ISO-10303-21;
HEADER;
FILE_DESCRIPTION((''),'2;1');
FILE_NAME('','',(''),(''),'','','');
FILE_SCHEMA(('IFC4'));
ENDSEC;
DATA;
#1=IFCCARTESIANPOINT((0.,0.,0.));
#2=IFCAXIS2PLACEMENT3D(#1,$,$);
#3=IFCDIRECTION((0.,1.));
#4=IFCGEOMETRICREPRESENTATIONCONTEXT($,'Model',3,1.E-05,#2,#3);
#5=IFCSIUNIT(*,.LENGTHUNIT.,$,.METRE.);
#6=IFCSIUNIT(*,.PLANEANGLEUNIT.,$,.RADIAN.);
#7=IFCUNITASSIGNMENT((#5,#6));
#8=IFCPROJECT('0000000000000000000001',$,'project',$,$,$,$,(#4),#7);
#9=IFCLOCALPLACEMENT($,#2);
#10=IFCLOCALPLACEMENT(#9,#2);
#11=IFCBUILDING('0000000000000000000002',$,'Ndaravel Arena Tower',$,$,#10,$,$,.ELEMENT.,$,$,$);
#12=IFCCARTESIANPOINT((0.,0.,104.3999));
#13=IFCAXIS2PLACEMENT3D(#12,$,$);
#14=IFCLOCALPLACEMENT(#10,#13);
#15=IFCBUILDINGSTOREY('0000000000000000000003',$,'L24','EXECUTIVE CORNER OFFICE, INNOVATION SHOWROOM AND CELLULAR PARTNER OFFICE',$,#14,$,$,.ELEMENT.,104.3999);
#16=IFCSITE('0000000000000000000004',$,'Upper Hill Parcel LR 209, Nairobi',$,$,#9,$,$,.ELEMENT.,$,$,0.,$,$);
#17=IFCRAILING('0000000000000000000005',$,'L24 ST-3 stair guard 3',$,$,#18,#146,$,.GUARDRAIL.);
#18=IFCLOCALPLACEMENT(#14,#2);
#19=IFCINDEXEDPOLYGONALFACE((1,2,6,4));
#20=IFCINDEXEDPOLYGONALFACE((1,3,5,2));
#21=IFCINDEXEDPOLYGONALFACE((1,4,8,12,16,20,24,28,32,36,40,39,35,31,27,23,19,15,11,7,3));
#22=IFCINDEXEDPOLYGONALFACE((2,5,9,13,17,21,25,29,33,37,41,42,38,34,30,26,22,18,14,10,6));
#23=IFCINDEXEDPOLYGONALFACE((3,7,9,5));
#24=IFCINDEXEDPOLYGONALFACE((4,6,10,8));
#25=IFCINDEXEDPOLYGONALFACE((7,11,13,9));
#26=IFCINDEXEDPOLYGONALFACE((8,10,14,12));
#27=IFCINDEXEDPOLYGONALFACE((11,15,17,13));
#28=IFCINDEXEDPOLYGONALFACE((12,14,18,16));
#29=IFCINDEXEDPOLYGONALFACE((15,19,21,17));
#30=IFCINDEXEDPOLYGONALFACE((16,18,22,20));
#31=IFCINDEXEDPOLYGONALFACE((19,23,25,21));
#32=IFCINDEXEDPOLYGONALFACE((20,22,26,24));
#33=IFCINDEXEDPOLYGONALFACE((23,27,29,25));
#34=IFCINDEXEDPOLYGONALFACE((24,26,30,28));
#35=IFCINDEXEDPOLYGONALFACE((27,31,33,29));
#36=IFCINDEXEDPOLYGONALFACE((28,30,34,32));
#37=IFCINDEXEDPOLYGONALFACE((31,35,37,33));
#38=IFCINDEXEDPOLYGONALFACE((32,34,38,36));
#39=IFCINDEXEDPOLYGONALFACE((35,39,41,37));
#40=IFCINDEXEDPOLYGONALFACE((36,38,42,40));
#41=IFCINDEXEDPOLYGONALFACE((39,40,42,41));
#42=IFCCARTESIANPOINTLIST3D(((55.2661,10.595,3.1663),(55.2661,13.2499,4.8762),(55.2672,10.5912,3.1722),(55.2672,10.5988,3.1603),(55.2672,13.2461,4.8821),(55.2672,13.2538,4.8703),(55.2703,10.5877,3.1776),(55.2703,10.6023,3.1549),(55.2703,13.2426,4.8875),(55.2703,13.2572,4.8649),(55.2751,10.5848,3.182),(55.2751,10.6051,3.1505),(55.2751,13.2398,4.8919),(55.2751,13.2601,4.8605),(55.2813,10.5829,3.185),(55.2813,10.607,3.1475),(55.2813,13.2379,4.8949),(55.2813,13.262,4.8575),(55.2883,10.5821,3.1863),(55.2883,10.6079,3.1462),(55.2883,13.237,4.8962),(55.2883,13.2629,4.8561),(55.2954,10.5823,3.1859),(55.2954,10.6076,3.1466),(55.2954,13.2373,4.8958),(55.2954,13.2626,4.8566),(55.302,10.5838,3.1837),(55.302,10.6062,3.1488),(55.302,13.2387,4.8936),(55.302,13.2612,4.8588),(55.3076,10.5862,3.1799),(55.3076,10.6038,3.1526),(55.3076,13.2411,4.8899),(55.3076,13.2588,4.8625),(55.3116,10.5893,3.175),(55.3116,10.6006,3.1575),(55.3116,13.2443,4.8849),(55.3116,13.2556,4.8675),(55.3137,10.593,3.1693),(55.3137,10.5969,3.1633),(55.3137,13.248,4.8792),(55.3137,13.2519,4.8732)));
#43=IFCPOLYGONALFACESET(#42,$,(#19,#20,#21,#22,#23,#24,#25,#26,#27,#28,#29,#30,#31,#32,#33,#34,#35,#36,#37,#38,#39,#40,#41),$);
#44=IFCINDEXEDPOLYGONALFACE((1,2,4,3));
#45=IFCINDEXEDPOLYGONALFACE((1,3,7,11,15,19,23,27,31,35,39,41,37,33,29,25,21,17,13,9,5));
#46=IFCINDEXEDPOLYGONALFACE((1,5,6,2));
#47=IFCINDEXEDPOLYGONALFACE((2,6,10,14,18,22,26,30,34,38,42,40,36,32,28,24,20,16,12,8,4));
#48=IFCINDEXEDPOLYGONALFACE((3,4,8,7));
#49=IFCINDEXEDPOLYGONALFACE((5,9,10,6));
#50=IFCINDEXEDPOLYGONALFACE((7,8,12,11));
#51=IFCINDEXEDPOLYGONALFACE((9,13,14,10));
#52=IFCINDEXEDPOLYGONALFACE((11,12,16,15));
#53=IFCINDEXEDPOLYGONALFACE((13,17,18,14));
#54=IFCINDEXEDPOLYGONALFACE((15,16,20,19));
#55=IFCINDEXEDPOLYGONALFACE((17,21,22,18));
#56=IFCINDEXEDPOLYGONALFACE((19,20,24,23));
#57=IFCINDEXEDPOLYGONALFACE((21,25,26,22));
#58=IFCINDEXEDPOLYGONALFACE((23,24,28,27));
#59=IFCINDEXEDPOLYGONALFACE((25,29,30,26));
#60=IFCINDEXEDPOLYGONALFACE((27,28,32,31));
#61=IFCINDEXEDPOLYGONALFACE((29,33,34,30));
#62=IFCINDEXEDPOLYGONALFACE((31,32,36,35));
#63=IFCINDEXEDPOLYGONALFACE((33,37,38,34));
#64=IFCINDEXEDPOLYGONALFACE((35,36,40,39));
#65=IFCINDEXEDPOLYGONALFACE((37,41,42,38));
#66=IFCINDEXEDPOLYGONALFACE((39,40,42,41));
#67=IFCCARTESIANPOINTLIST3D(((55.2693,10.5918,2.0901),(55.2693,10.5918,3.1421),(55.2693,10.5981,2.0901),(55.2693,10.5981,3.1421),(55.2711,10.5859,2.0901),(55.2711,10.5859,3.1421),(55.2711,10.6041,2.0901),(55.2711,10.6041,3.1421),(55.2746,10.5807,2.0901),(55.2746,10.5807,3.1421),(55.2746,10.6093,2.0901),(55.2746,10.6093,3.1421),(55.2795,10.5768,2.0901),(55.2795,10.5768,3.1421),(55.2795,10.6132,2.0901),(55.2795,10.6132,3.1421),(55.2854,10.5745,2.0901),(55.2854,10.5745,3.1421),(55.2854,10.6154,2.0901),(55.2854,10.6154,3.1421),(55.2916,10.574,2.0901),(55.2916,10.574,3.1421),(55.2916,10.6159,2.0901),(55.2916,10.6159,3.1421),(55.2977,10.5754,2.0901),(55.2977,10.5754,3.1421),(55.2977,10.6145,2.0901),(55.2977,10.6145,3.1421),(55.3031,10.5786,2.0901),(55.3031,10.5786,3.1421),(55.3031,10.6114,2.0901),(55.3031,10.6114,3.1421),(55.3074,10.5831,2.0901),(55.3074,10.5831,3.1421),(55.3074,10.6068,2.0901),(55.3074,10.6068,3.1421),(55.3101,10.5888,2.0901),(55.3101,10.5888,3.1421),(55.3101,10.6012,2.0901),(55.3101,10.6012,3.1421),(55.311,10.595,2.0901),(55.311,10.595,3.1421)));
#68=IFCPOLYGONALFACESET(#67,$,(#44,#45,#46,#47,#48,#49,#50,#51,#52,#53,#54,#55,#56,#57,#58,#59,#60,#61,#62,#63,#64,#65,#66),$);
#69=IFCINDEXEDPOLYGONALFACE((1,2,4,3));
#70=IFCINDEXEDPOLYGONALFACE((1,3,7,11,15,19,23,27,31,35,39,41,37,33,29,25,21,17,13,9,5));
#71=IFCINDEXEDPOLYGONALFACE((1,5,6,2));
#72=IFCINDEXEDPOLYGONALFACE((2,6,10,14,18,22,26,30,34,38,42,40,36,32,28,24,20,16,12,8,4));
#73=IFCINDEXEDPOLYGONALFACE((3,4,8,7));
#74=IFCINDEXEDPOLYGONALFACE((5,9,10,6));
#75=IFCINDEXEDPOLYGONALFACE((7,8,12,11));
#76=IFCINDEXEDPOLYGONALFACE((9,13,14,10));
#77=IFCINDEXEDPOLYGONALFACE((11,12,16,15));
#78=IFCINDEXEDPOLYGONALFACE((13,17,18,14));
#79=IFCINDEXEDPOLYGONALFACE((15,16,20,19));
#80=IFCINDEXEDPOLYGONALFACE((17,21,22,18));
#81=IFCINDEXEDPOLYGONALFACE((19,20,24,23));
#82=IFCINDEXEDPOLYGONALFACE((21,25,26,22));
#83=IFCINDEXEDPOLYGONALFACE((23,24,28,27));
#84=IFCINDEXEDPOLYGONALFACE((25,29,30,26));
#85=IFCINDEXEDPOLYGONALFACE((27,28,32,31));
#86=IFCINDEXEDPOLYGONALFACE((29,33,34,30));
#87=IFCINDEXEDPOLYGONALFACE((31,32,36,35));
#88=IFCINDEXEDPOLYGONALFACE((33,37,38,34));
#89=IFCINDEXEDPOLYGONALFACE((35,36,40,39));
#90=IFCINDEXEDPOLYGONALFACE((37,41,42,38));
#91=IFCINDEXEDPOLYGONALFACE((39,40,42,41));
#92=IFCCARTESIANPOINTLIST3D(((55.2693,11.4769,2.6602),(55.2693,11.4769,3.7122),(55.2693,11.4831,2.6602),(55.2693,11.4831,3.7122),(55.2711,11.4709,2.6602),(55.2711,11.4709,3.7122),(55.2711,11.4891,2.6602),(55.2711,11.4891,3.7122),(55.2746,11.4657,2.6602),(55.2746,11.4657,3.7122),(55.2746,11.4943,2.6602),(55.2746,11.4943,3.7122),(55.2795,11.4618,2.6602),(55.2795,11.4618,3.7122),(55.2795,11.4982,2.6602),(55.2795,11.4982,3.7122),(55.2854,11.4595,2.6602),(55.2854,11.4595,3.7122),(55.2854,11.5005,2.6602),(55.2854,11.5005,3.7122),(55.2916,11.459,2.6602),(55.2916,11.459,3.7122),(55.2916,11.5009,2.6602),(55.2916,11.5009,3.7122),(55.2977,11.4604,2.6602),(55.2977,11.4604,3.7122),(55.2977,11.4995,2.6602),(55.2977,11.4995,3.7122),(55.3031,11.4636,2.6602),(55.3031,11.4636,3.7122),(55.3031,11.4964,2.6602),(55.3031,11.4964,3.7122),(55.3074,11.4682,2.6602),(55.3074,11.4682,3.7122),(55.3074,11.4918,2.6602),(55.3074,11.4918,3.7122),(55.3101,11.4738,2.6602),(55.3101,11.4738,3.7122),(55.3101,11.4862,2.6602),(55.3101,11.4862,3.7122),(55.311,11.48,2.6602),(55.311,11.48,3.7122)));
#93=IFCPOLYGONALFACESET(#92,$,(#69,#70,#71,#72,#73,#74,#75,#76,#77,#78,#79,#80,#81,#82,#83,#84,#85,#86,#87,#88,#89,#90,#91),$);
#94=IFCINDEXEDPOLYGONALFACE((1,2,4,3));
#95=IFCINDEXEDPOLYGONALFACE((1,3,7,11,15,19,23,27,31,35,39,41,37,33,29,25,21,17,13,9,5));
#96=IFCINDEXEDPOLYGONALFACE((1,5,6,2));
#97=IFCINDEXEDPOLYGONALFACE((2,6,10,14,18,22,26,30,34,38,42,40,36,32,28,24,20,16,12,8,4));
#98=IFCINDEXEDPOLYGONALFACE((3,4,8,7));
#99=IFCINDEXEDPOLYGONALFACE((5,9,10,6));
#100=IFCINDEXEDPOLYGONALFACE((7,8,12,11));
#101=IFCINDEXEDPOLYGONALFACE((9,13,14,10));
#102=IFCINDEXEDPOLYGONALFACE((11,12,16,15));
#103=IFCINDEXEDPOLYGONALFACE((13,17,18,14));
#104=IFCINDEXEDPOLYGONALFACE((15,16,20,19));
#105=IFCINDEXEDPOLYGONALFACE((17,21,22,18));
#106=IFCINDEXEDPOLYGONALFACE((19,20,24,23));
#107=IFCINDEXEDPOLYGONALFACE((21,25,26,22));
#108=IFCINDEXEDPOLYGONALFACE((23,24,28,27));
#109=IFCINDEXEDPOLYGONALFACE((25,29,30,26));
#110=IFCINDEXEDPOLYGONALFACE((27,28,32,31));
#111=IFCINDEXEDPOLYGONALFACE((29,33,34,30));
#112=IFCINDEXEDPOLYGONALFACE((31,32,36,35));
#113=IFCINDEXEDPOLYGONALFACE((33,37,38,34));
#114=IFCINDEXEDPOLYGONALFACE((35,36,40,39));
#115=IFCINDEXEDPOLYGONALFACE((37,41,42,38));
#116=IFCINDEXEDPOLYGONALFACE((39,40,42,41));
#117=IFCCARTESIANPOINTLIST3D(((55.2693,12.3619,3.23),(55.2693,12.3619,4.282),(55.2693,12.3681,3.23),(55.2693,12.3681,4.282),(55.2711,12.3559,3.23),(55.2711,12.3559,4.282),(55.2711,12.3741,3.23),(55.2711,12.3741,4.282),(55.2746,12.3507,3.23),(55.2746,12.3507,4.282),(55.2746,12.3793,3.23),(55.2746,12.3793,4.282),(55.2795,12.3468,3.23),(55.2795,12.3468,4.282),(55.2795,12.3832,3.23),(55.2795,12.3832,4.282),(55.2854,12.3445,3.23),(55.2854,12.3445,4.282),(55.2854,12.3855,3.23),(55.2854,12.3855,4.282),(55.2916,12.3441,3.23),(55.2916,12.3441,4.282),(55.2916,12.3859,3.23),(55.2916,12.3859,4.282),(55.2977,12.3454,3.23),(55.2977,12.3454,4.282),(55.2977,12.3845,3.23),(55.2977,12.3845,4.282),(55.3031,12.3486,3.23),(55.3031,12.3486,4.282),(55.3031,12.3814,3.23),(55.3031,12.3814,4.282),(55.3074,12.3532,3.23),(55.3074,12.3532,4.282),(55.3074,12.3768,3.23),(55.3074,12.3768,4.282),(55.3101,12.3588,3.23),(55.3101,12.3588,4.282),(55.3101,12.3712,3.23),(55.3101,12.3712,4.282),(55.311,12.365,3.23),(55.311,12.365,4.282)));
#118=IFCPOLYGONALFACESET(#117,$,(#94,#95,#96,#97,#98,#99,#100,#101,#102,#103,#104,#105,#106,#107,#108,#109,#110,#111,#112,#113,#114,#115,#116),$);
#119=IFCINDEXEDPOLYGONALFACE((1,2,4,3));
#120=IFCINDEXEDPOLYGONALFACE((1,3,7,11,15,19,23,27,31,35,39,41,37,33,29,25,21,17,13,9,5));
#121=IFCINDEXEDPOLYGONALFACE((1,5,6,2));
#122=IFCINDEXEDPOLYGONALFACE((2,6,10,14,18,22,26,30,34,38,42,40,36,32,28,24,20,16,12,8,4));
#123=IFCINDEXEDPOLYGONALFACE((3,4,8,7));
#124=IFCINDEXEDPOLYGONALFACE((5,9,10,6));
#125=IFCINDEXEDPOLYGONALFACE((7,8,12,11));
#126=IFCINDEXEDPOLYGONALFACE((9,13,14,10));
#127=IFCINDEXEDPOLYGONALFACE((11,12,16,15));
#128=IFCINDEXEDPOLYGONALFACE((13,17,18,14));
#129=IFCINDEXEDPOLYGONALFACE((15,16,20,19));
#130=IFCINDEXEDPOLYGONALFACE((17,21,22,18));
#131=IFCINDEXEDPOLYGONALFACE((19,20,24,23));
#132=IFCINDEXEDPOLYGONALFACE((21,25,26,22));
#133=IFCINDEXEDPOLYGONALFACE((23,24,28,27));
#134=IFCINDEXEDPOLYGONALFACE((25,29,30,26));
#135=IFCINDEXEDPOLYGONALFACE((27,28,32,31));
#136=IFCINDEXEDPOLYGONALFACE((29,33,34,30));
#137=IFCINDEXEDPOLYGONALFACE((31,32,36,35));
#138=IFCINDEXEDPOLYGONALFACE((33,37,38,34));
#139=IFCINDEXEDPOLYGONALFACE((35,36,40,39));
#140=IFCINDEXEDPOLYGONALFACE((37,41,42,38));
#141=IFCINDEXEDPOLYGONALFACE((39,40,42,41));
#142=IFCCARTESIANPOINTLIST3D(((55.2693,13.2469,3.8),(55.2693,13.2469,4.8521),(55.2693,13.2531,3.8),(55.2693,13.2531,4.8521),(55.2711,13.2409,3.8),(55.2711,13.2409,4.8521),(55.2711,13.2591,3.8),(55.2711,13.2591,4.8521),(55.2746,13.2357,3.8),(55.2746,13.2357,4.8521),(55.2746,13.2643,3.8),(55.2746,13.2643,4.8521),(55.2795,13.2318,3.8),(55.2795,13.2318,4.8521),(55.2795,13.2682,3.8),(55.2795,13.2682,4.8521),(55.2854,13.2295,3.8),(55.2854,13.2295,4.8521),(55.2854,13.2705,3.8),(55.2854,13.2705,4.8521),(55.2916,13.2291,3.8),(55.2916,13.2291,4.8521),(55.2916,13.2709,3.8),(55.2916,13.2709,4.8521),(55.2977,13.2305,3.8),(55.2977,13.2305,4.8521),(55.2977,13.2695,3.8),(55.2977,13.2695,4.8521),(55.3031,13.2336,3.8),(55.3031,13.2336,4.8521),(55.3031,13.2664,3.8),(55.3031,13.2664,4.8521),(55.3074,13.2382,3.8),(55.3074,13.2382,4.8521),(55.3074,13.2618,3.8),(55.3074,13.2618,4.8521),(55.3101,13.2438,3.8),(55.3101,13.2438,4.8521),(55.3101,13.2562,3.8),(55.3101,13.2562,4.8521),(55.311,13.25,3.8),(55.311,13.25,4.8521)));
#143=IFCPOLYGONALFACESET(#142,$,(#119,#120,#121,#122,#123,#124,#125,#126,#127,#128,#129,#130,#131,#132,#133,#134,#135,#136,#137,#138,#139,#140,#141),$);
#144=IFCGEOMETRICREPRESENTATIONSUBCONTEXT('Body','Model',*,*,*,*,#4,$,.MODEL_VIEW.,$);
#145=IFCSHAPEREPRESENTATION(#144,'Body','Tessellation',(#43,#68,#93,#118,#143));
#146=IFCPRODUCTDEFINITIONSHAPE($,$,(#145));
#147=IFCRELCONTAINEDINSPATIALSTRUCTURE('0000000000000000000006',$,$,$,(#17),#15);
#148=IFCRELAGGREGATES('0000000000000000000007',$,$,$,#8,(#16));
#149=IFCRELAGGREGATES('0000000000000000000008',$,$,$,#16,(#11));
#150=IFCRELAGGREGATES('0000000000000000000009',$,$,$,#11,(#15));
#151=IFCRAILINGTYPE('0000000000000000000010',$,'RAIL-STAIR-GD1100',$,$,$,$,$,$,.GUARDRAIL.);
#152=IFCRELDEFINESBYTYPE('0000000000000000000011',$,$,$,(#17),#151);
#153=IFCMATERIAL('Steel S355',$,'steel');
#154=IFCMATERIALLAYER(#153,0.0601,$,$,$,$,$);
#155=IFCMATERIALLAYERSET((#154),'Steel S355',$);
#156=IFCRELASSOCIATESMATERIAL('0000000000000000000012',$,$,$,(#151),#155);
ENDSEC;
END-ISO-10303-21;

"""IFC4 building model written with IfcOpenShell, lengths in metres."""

from ifc_helpers import new_model, si_unit, direction, frame, origin, origin_2d, place, context, subcontext, project, spatial, circle, extrude, material, layer, layer_set, type_object, element, save


model = new_model("IFC4")

# Units and contexts
model_context = context("Model", 3, precision=1e-05, world=origin(), true_north=direction((0.0, 1.0)))
body_context = subcontext(model_context, "Body", "Model", "MODEL_VIEW")
ifc_project = project(units=[si_unit("LENGTHUNIT", "METRE"), si_unit("PLANEANGLEUNIT", "RADIAN")], contexts=[model_context])

# Site, building, storey
site_placement = place(None, origin())
site = spatial("IfcSite", under=ifc_project, at=site_placement, Name="Upper Hill Parcel LR 209, Nairobi", CompositionType="ELEMENT", RefElevation=0.0)
building_placement = place(site_placement, origin())
building = spatial("IfcBuilding", under=site, at=building_placement, Name="Ndaravel Arena Tower", CompositionType="ELEMENT")
storey_placement = place(building_placement, frame((0.0, 0.0, 104.3999)))
storey = spatial("IfcBuildingStorey", under=building, at=storey_placement, Name="L24", Description="EXECUTIVE CORNER OFFICE, INNOVATION SHOWROOM AND CELLULAR PARTNER OFFICE", CompositionType="ELEMENT", Elevation=104.3999)

# Railing
ifc_material_1 = material(Name="Steel S355", Category="steel")
ifc_layer_1 = layer(ifc_material_1, 0.0601)
ifc_layer_set_1 = layer_set([ifc_layer_1], Name="Steel S355")
railing_type_1 = type_object("IfcRailingType", Name="RAIL-STAIR-GD1100", PredefinedType="GUARDRAIL", material=ifc_layer_set_1)
railing_1_placement = place(storey_placement, frame((55.29, 10.595, 2.0901)))
element("IfcRailing", 1, at=railing_1_placement, inside=storey, type_object=railing_type_1, Name="L24 ST-3 stair guard 3", PredefinedType="GUARDRAIL", context=body_context, shape_type="SweptSolid", body=[
    extrude(circle(Radius=0.0239, at=origin_2d()), frame((0.0, 0.0, 1.0762), z_axis=(0.0, 0.840724, 0.541465), x_axis=(-1.0, 0.0, 0.0)), (0.0, 0.0, 1.0), 3.158),
    extrude(circle(Radius=0.021, at=origin_2d()), origin(), (0.0, 0.0, 1.0), 1.052),
    extrude(circle(Radius=0.021, at=origin_2d()), frame((0.0, 0.885, 0.5701)), (0.0, 0.0, 1.0), 1.052),
    extrude(circle(Radius=0.021, at=origin_2d()), frame((0.0, 1.77, 1.1399)), (0.0, 0.0, 1.0), 1.052),
    extrude(circle(Radius=0.021, at=origin_2d()), frame((0.0, 2.655, 1.71)), (0.0, 0.0, 1.0), 1.052),
])

save(model, "model.ifc")
